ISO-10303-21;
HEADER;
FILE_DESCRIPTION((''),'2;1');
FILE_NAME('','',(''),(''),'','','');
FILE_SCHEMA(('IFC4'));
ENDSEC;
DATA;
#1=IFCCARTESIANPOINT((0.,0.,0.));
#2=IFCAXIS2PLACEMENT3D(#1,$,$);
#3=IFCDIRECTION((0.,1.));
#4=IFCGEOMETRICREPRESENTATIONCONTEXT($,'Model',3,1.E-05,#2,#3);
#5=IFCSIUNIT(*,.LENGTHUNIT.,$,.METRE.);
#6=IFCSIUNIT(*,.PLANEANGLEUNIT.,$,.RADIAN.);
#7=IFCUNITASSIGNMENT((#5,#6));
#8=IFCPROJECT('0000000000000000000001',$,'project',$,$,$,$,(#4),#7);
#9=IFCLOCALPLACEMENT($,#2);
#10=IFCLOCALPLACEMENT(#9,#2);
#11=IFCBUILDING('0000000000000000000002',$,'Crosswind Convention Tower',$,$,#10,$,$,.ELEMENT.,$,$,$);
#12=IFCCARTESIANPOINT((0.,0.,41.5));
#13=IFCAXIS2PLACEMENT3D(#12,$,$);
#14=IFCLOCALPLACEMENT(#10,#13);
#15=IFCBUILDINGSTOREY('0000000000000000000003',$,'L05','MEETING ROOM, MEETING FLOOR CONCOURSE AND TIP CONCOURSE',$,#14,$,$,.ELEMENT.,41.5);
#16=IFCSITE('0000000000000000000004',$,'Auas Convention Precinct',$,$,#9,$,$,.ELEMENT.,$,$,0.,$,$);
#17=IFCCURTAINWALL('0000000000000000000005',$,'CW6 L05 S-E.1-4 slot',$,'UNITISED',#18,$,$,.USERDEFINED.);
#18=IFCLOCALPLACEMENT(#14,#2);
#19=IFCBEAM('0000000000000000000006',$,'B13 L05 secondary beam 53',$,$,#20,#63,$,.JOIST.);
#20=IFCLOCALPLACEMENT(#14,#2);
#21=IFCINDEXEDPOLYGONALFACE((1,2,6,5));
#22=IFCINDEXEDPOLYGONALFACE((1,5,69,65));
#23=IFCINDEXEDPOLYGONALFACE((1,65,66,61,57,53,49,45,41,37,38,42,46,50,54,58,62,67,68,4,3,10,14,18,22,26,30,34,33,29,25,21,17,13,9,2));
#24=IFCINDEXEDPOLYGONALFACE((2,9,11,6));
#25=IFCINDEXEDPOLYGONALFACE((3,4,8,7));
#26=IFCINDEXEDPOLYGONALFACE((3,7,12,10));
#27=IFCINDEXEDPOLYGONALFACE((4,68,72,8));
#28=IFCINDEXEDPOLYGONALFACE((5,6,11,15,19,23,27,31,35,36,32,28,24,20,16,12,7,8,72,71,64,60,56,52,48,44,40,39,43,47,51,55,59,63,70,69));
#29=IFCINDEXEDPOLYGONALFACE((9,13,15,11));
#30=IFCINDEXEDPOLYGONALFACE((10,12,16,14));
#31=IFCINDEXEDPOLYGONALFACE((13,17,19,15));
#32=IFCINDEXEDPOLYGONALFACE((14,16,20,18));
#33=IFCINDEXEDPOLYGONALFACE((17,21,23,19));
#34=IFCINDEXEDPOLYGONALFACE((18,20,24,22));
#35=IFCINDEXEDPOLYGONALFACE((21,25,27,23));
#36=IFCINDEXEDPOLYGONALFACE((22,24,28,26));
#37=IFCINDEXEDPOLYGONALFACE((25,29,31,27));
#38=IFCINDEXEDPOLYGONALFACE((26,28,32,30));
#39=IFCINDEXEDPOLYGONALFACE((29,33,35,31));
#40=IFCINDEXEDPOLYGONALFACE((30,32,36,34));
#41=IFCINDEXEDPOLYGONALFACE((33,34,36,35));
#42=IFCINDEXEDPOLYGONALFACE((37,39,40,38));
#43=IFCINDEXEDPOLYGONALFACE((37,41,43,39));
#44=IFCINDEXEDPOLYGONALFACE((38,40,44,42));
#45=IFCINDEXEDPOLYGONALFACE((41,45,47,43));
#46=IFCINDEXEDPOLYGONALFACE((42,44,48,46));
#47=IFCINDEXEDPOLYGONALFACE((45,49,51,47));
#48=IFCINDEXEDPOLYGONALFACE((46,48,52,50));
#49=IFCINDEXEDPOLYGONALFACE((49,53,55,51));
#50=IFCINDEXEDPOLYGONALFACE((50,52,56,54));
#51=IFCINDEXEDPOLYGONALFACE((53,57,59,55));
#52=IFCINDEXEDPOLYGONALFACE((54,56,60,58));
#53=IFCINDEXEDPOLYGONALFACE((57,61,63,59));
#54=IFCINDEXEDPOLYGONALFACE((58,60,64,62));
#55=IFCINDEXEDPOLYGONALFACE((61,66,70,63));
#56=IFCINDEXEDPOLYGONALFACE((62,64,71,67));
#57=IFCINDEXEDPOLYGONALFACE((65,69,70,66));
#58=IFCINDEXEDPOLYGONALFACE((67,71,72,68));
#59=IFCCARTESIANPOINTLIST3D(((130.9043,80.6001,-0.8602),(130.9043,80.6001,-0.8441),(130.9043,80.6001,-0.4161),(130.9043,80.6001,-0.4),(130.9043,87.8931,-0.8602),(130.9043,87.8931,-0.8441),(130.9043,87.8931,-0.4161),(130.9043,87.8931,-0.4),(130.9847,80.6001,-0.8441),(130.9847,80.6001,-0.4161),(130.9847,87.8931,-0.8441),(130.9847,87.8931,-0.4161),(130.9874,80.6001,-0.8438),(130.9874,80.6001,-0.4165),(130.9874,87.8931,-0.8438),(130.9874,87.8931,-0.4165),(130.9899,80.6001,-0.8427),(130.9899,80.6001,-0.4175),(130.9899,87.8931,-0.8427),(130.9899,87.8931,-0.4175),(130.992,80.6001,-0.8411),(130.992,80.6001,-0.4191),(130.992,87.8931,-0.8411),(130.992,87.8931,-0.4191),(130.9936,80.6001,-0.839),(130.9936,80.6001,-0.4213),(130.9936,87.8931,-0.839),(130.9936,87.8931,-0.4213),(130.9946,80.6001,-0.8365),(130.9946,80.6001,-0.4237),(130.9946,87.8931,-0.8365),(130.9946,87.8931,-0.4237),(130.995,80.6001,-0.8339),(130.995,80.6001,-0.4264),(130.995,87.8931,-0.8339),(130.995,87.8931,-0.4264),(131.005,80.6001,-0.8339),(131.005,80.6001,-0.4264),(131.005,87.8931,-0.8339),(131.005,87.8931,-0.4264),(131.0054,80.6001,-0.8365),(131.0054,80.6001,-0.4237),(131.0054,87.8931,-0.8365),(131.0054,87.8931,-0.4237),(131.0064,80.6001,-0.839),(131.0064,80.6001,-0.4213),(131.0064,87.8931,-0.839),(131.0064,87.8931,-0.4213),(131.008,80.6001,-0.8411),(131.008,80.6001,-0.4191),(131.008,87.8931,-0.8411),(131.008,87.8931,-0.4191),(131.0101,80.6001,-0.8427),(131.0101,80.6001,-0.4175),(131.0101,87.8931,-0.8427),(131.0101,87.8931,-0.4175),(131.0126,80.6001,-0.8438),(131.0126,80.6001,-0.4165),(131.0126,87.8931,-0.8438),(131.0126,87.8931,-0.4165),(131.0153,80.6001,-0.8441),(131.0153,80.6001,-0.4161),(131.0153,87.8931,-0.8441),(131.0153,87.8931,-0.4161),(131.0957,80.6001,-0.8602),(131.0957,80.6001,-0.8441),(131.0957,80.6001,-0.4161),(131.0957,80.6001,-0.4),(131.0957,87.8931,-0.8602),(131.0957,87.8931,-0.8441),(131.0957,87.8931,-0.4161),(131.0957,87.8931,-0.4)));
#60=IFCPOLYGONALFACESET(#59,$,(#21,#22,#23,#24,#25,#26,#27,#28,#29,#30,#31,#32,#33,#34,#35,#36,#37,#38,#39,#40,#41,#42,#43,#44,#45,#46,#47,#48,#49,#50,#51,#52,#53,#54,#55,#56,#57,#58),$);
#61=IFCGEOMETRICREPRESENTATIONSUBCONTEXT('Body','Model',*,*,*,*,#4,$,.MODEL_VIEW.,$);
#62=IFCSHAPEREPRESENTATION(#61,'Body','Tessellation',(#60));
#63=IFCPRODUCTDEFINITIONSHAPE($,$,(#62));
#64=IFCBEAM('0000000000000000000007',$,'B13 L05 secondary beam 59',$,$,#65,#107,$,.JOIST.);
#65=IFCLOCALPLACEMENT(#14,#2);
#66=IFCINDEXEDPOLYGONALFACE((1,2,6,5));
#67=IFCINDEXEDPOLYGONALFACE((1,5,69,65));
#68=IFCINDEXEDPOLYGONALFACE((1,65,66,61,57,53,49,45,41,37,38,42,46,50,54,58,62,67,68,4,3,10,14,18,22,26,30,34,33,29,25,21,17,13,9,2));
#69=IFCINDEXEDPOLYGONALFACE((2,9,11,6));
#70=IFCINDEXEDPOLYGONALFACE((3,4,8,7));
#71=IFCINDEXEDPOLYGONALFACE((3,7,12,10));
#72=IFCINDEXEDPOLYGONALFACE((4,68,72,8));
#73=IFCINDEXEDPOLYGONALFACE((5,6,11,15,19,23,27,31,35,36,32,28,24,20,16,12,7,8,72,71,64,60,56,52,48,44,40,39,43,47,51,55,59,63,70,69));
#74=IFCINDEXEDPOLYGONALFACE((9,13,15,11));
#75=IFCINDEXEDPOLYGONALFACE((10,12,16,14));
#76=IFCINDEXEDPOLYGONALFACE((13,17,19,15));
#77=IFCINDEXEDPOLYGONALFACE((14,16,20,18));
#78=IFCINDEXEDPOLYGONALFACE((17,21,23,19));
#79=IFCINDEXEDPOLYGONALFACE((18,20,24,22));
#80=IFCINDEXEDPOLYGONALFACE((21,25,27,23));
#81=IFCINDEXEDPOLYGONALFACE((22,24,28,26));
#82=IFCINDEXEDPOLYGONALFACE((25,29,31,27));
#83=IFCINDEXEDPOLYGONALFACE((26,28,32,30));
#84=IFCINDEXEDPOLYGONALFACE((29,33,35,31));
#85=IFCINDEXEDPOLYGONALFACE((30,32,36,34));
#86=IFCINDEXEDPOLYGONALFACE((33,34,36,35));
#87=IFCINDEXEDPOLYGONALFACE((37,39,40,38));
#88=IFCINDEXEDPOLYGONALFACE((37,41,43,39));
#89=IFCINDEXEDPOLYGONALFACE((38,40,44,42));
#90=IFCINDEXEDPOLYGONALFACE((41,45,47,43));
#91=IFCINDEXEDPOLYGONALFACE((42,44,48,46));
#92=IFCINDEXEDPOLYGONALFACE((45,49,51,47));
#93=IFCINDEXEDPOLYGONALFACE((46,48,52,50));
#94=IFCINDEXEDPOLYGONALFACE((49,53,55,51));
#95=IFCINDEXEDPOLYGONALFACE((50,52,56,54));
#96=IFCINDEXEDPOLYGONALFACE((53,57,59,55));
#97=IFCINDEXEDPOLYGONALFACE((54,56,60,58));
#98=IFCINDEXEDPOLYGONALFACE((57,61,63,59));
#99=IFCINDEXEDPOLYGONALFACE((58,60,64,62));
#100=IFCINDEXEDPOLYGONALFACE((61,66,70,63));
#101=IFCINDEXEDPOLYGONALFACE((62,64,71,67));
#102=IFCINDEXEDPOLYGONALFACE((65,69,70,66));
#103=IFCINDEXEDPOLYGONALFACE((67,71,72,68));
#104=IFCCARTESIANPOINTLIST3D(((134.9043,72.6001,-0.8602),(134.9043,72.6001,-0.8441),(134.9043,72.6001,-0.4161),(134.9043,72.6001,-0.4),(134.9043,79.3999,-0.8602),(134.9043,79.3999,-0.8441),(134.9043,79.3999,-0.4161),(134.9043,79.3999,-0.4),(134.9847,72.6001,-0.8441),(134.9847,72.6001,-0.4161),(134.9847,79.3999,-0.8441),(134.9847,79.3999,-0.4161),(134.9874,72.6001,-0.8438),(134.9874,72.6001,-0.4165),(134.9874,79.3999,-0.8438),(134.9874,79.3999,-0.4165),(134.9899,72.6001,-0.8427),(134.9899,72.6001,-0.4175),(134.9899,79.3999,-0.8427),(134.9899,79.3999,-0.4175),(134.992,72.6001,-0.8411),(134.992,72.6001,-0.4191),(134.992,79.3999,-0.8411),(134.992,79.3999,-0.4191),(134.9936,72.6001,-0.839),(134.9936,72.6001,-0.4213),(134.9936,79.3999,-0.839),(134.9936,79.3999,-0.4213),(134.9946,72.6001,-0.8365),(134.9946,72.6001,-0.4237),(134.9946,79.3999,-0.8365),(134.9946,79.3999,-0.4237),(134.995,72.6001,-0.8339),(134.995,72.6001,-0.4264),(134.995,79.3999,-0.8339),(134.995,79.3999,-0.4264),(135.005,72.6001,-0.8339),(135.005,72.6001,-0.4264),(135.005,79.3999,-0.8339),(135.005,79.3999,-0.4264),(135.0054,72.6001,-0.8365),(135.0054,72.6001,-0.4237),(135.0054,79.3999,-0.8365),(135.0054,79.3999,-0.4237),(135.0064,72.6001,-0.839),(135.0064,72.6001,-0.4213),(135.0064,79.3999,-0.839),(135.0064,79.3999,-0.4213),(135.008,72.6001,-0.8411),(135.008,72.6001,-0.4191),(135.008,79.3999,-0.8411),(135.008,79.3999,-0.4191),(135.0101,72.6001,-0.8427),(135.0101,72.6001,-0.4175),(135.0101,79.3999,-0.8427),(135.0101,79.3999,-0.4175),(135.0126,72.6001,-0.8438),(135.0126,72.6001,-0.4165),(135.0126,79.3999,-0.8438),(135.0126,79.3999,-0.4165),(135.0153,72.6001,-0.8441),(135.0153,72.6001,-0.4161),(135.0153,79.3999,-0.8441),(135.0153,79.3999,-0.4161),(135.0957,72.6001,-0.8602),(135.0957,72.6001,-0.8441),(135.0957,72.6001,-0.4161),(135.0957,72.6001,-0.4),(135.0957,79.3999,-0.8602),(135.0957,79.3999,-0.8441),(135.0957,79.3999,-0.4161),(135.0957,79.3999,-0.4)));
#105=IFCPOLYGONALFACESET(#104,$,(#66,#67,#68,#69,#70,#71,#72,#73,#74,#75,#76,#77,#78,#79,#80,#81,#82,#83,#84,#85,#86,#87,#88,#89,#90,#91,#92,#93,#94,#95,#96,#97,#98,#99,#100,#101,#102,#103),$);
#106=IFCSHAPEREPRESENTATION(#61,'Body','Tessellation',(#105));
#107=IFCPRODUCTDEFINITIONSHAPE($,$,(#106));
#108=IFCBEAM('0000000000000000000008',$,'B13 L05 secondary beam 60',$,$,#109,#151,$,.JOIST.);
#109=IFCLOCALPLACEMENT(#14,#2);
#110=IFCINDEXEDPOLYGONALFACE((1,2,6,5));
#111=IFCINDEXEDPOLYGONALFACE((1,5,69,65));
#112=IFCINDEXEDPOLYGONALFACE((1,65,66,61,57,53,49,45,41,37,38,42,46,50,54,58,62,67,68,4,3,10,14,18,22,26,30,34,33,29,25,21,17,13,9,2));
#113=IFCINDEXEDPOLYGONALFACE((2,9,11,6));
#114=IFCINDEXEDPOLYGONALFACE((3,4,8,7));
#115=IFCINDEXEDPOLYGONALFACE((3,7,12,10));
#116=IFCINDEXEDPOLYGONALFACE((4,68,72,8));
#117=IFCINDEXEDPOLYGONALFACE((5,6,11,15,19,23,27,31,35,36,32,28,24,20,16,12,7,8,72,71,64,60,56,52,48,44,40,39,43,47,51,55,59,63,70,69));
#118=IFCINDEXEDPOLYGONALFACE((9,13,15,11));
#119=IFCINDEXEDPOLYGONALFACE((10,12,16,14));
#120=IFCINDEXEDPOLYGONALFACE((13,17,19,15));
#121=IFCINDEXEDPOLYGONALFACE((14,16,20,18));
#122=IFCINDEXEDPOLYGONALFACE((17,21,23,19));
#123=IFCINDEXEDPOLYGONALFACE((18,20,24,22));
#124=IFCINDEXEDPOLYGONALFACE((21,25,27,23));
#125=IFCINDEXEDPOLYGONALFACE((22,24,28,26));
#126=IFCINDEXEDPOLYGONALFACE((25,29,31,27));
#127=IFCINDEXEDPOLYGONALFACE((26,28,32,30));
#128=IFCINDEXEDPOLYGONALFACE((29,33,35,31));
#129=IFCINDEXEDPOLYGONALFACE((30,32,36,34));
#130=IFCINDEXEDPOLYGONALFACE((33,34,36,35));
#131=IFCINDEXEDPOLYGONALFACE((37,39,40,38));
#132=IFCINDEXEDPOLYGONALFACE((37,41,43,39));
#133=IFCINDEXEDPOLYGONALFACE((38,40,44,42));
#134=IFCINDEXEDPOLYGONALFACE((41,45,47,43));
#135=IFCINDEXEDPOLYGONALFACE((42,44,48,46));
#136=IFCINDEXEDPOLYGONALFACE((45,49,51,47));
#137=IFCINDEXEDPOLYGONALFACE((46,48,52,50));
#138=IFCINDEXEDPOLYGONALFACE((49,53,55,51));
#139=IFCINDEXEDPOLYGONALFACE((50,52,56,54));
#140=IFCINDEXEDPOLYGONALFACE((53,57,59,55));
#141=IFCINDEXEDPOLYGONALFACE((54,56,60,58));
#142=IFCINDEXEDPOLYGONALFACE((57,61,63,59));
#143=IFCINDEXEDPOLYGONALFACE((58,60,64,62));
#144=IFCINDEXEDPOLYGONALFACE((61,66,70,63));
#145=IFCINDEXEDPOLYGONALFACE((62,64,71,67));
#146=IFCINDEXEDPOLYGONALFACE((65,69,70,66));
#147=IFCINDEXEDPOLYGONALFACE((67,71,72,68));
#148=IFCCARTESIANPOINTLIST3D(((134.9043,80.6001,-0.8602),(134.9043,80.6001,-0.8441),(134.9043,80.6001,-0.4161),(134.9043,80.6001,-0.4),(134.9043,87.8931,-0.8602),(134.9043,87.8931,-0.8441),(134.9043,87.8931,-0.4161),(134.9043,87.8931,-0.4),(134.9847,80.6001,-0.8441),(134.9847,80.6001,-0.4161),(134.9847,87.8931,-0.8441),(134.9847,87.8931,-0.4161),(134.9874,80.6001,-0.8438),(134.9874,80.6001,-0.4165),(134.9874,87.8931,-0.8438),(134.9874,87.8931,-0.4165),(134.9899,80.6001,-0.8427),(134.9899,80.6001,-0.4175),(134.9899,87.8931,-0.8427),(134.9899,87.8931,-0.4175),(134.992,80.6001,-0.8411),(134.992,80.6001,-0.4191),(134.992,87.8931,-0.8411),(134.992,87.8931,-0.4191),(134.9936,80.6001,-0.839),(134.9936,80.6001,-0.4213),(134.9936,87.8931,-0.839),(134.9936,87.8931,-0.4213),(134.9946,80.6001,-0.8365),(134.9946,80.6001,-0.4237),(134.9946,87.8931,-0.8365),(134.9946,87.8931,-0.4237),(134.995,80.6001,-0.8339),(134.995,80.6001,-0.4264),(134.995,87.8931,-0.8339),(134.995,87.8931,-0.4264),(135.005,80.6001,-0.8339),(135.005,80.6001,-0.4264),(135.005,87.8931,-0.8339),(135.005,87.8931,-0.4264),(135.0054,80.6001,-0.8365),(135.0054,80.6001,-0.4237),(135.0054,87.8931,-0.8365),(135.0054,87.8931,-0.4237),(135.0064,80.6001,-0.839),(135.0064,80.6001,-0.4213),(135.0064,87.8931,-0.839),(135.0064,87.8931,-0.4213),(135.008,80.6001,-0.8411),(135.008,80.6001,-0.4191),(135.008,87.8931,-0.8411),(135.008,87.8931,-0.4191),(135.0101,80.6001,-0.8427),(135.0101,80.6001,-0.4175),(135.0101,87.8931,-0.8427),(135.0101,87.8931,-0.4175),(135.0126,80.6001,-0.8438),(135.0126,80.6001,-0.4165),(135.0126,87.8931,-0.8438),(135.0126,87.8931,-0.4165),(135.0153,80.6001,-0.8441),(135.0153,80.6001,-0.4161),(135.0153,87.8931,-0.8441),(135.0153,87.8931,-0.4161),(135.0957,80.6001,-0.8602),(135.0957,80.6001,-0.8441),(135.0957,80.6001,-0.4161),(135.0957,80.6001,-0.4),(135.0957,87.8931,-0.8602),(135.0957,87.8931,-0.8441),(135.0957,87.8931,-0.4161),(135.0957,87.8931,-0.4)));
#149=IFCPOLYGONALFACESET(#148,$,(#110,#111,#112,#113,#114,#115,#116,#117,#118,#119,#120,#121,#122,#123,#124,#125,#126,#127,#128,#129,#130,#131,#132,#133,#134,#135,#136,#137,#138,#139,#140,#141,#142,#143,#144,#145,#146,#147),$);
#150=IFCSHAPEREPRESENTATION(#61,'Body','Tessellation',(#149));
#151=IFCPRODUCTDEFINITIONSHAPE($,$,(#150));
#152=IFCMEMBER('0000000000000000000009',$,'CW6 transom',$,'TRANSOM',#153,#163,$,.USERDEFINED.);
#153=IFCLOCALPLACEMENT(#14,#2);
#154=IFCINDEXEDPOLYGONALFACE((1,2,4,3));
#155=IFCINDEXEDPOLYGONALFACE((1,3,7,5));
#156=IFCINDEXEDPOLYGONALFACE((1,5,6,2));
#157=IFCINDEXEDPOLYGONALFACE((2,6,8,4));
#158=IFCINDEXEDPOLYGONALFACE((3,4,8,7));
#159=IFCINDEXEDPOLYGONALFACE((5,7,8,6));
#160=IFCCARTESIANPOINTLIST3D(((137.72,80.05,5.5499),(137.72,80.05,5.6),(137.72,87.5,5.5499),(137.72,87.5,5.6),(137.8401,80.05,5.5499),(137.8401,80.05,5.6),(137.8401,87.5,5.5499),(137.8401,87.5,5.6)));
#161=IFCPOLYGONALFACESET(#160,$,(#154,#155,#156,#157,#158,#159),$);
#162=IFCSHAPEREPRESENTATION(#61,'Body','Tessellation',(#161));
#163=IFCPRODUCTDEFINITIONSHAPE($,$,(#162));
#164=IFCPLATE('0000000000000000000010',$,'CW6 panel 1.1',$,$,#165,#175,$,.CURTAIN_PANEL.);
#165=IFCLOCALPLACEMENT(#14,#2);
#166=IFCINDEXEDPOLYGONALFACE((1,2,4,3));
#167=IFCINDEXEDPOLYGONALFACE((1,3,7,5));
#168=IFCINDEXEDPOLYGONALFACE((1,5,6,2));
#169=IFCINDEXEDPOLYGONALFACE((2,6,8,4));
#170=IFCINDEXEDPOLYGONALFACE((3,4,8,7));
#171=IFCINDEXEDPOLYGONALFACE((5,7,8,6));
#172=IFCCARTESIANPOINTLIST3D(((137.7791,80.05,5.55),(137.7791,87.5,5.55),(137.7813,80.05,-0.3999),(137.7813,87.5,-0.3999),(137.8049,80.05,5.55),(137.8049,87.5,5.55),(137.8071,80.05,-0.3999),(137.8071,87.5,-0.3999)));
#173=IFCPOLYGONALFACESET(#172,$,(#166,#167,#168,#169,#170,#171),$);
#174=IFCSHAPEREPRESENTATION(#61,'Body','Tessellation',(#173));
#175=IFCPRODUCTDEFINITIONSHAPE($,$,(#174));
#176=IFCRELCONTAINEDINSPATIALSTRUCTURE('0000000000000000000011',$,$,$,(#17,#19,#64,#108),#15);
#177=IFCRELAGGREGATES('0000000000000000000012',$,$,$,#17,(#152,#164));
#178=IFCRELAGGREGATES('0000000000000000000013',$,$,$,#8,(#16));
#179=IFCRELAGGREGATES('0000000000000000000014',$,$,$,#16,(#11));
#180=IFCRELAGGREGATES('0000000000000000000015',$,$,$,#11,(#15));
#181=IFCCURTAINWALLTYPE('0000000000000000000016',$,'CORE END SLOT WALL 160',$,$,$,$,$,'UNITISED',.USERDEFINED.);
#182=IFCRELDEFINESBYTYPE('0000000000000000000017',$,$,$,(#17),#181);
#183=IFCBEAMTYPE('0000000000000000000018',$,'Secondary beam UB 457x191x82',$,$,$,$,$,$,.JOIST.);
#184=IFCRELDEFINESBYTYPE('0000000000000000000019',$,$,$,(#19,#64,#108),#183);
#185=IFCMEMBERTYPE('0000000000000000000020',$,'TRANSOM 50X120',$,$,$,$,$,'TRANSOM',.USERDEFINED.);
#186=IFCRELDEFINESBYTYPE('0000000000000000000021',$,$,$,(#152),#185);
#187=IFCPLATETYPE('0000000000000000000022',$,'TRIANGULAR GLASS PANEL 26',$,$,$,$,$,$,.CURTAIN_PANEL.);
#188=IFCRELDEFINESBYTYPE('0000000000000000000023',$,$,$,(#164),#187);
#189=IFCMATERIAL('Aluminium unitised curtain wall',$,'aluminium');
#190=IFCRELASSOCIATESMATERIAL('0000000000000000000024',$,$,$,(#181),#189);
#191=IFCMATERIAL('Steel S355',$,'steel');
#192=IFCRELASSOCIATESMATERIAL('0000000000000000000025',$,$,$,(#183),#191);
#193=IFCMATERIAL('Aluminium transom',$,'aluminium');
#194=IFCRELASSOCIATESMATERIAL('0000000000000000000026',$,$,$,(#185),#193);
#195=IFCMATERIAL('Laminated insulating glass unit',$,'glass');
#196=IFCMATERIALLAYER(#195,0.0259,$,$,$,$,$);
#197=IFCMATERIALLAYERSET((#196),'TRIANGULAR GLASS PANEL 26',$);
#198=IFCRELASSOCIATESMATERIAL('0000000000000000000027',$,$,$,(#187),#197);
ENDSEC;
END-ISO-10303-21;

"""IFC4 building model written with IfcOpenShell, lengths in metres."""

from ifc_helpers import new_model, si_unit, direction, frame, origin, origin_2d, place, context, subcontext, project, spatial, polyline, rectangle, i_section, outline, extrude, material, layer, layer_set, material_profile, profile_set, type_object, element, aggregate, save


model = new_model("IFC4")

# Units and contexts
model_context = context("Model", 3, precision=1e-05, world=origin(), true_north=direction((0.0, 1.0)))
body_context = subcontext(model_context, "Body", "Model", "MODEL_VIEW")
ifc_project = project(units=[si_unit("LENGTHUNIT", "METRE"), si_unit("PLANEANGLEUNIT", "RADIAN")], contexts=[model_context])

# Site, building, storey
site_placement = place(None, origin())
site = spatial("IfcSite", under=ifc_project, at=site_placement, Name="Auas Convention Precinct", CompositionType="ELEMENT", RefElevation=0.0)
building_placement = place(site_placement, origin())
building = spatial("IfcBuilding", under=site, at=building_placement, Name="Crosswind Convention Tower", CompositionType="ELEMENT")
storey_placement = place(building_placement, frame((0.0, 0.0, 41.5)))
storey = spatial("IfcBuildingStorey", under=building, at=storey_placement, Name="L05", Description="MEETING ROOM, MEETING FLOOR CONCOURSE AND TIP CONCOURSE", CompositionType="ELEMENT", Elevation=41.5)

# Shared definitions
ifc_material_1 = material(Name="Steel S355", Category="steel")

# Curtain wall
ifc_material_2 = material(Name="Aluminium unitised curtain wall", Category="aluminium")
curtain_wall_type = type_object("IfcCurtainWallType", Name="CORE END SLOT WALL 160", ElementType="UNITISED", PredefinedType="USERDEFINED", material=ifc_material_2)
curtain_wall_placement = place(storey_placement, origin())
curtain_wall = element("IfcCurtainWall", 1, at=curtain_wall_placement, inside=storey, type_object=curtain_wall_type, Name="CW6 L05 S-E.1-4 slot", ObjectType="UNITISED", PredefinedType="USERDEFINED")

# Beams
ifc_material_profile_1 = material_profile(ifc_material_1, i_section(OverallWidth=0.1914, OverallDepth=0.4602, WebThickness=0.01, FlangeThickness=0.0161, FilletRadius=0.0103, at=origin_2d()), Name="UB 457x191x82")
ifc_profile_set_1 = profile_set([ifc_material_profile_1], Name="Steel S355")
beam_type_1 = type_object("IfcBeamType", Name="Secondary beam UB 457x191x82", PredefinedType="JOIST", material=ifc_profile_set_1)
beam_1_placement = place(storey_placement, frame((131.0, 80.6001, -0.6301), z_axis=(0.0, 1.0, 0.0), x_axis=(-1.0, 0.0, 0.0)))
element("IfcBeam", 2, at=beam_1_placement, inside=storey, type_object=beam_type_1, Name="B13 L05 secondary beam 53", PredefinedType="JOIST", context=body_context, shape_type="SweptSolid", body=[
    extrude(i_section(OverallWidth=0.1914, OverallDepth=0.4602, WebThickness=0.01, FlangeThickness=0.0161, FilletRadius=0.0103, at=origin_2d()), origin(), (0.0, 0.0, 1.0), 7.293),
])
beam_2_placement = place(storey_placement, frame((135.0, 72.6001, -0.6301), z_axis=(0.0, 1.0, 0.0), x_axis=(-1.0, 0.0, 0.0)))
element("IfcBeam", 3, at=beam_2_placement, inside=storey, type_object=beam_type_1, Name="B13 L05 secondary beam 59", PredefinedType="JOIST", context=body_context, shape_type="SweptSolid", body=[
    extrude(i_section(OverallWidth=0.1914, OverallDepth=0.4602, WebThickness=0.01, FlangeThickness=0.0161, FilletRadius=0.0103, at=origin_2d()), origin(), (0.0, 0.0, 1.0), 6.7998),
])
beam_3_placement = place(storey_placement, frame((135.0, 80.6001, -0.6301), z_axis=(0.0, 1.0, 0.0), x_axis=(-1.0, 0.0, 0.0)))
element("IfcBeam", 4, at=beam_3_placement, inside=storey, type_object=beam_type_1, Name="B13 L05 secondary beam 60", PredefinedType="JOIST", context=body_context, shape_type="SweptSolid", body=[
    extrude(i_section(OverallWidth=0.1914, OverallDepth=0.4602, WebThickness=0.01, FlangeThickness=0.0161, FilletRadius=0.0103, at=origin_2d()), origin(), (0.0, 0.0, 1.0), 7.293),
])

# Member
ifc_material_3 = material(Name="Aluminium transom", Category="aluminium")
ifc_material_profile_2 = material_profile(ifc_material_3, rectangle(XDim=0.1201, YDim=0.05, at=origin_2d()), Name="AL 120X50")
ifc_profile_set_2 = profile_set([ifc_material_profile_2], Name="Aluminium transom")
member_type_1 = type_object("IfcMemberType", Name="TRANSOM 50X120", ElementType="TRANSOM", PredefinedType="USERDEFINED", material=ifc_profile_set_2)
member_1_placement = place(storey_placement, frame((137.78, 80.05, 5.575), z_axis=(0.0, 1.0, 0.0), x_axis=(-1.0, 0.0, 0.0)))
member_1 = element("IfcMember", 5, at=member_1_placement, type_object=member_type_1, Name="CW6 transom", ObjectType="TRANSOM", PredefinedType="USERDEFINED", context=body_context, shape_type="SweptSolid", body=[
    extrude(rectangle(XDim=0.1201, YDim=0.05, at=origin_2d()), origin(), (0.0, 0.0, 1.0), 7.45),
])

# Plate
ifc_material_4 = material(Name="Laminated insulating glass unit", Category="glass")
ifc_layer_1 = layer(ifc_material_4, 0.0259)
ifc_layer_set_1 = layer_set([ifc_layer_1], Name="TRIANGULAR GLASS PANEL 26")
plate_type = type_object("IfcPlateType", Name="TRIANGULAR GLASS PANEL 26", PredefinedType="CURTAIN_PANEL", material=ifc_layer_set_1)
plate_placement = place(storey_placement, frame((137.8071, 80.05, -0.3999), z_axis=(1.0, 0.0, 0.000369), x_axis=(0.0, 1.0, 0.0)))
plate = element("IfcPlate", 6, at=plate_placement, type_object=plate_type, Name="CW6 panel 1.1", PredefinedType="CURTAIN_PANEL", context=body_context, shape_type="SweptSolid", body=[
    extrude(outline(polyline([(0.0, 0.0), (7.45, 0.0), (7.45, 5.95), (0.0, 5.95), (0.0, 0.0)])), origin(), (0.0, 0.0, -1.0), 0.0259),
])
aggregate(curtain_wall, [member_1, plate])

save(model, "model.ifc")
